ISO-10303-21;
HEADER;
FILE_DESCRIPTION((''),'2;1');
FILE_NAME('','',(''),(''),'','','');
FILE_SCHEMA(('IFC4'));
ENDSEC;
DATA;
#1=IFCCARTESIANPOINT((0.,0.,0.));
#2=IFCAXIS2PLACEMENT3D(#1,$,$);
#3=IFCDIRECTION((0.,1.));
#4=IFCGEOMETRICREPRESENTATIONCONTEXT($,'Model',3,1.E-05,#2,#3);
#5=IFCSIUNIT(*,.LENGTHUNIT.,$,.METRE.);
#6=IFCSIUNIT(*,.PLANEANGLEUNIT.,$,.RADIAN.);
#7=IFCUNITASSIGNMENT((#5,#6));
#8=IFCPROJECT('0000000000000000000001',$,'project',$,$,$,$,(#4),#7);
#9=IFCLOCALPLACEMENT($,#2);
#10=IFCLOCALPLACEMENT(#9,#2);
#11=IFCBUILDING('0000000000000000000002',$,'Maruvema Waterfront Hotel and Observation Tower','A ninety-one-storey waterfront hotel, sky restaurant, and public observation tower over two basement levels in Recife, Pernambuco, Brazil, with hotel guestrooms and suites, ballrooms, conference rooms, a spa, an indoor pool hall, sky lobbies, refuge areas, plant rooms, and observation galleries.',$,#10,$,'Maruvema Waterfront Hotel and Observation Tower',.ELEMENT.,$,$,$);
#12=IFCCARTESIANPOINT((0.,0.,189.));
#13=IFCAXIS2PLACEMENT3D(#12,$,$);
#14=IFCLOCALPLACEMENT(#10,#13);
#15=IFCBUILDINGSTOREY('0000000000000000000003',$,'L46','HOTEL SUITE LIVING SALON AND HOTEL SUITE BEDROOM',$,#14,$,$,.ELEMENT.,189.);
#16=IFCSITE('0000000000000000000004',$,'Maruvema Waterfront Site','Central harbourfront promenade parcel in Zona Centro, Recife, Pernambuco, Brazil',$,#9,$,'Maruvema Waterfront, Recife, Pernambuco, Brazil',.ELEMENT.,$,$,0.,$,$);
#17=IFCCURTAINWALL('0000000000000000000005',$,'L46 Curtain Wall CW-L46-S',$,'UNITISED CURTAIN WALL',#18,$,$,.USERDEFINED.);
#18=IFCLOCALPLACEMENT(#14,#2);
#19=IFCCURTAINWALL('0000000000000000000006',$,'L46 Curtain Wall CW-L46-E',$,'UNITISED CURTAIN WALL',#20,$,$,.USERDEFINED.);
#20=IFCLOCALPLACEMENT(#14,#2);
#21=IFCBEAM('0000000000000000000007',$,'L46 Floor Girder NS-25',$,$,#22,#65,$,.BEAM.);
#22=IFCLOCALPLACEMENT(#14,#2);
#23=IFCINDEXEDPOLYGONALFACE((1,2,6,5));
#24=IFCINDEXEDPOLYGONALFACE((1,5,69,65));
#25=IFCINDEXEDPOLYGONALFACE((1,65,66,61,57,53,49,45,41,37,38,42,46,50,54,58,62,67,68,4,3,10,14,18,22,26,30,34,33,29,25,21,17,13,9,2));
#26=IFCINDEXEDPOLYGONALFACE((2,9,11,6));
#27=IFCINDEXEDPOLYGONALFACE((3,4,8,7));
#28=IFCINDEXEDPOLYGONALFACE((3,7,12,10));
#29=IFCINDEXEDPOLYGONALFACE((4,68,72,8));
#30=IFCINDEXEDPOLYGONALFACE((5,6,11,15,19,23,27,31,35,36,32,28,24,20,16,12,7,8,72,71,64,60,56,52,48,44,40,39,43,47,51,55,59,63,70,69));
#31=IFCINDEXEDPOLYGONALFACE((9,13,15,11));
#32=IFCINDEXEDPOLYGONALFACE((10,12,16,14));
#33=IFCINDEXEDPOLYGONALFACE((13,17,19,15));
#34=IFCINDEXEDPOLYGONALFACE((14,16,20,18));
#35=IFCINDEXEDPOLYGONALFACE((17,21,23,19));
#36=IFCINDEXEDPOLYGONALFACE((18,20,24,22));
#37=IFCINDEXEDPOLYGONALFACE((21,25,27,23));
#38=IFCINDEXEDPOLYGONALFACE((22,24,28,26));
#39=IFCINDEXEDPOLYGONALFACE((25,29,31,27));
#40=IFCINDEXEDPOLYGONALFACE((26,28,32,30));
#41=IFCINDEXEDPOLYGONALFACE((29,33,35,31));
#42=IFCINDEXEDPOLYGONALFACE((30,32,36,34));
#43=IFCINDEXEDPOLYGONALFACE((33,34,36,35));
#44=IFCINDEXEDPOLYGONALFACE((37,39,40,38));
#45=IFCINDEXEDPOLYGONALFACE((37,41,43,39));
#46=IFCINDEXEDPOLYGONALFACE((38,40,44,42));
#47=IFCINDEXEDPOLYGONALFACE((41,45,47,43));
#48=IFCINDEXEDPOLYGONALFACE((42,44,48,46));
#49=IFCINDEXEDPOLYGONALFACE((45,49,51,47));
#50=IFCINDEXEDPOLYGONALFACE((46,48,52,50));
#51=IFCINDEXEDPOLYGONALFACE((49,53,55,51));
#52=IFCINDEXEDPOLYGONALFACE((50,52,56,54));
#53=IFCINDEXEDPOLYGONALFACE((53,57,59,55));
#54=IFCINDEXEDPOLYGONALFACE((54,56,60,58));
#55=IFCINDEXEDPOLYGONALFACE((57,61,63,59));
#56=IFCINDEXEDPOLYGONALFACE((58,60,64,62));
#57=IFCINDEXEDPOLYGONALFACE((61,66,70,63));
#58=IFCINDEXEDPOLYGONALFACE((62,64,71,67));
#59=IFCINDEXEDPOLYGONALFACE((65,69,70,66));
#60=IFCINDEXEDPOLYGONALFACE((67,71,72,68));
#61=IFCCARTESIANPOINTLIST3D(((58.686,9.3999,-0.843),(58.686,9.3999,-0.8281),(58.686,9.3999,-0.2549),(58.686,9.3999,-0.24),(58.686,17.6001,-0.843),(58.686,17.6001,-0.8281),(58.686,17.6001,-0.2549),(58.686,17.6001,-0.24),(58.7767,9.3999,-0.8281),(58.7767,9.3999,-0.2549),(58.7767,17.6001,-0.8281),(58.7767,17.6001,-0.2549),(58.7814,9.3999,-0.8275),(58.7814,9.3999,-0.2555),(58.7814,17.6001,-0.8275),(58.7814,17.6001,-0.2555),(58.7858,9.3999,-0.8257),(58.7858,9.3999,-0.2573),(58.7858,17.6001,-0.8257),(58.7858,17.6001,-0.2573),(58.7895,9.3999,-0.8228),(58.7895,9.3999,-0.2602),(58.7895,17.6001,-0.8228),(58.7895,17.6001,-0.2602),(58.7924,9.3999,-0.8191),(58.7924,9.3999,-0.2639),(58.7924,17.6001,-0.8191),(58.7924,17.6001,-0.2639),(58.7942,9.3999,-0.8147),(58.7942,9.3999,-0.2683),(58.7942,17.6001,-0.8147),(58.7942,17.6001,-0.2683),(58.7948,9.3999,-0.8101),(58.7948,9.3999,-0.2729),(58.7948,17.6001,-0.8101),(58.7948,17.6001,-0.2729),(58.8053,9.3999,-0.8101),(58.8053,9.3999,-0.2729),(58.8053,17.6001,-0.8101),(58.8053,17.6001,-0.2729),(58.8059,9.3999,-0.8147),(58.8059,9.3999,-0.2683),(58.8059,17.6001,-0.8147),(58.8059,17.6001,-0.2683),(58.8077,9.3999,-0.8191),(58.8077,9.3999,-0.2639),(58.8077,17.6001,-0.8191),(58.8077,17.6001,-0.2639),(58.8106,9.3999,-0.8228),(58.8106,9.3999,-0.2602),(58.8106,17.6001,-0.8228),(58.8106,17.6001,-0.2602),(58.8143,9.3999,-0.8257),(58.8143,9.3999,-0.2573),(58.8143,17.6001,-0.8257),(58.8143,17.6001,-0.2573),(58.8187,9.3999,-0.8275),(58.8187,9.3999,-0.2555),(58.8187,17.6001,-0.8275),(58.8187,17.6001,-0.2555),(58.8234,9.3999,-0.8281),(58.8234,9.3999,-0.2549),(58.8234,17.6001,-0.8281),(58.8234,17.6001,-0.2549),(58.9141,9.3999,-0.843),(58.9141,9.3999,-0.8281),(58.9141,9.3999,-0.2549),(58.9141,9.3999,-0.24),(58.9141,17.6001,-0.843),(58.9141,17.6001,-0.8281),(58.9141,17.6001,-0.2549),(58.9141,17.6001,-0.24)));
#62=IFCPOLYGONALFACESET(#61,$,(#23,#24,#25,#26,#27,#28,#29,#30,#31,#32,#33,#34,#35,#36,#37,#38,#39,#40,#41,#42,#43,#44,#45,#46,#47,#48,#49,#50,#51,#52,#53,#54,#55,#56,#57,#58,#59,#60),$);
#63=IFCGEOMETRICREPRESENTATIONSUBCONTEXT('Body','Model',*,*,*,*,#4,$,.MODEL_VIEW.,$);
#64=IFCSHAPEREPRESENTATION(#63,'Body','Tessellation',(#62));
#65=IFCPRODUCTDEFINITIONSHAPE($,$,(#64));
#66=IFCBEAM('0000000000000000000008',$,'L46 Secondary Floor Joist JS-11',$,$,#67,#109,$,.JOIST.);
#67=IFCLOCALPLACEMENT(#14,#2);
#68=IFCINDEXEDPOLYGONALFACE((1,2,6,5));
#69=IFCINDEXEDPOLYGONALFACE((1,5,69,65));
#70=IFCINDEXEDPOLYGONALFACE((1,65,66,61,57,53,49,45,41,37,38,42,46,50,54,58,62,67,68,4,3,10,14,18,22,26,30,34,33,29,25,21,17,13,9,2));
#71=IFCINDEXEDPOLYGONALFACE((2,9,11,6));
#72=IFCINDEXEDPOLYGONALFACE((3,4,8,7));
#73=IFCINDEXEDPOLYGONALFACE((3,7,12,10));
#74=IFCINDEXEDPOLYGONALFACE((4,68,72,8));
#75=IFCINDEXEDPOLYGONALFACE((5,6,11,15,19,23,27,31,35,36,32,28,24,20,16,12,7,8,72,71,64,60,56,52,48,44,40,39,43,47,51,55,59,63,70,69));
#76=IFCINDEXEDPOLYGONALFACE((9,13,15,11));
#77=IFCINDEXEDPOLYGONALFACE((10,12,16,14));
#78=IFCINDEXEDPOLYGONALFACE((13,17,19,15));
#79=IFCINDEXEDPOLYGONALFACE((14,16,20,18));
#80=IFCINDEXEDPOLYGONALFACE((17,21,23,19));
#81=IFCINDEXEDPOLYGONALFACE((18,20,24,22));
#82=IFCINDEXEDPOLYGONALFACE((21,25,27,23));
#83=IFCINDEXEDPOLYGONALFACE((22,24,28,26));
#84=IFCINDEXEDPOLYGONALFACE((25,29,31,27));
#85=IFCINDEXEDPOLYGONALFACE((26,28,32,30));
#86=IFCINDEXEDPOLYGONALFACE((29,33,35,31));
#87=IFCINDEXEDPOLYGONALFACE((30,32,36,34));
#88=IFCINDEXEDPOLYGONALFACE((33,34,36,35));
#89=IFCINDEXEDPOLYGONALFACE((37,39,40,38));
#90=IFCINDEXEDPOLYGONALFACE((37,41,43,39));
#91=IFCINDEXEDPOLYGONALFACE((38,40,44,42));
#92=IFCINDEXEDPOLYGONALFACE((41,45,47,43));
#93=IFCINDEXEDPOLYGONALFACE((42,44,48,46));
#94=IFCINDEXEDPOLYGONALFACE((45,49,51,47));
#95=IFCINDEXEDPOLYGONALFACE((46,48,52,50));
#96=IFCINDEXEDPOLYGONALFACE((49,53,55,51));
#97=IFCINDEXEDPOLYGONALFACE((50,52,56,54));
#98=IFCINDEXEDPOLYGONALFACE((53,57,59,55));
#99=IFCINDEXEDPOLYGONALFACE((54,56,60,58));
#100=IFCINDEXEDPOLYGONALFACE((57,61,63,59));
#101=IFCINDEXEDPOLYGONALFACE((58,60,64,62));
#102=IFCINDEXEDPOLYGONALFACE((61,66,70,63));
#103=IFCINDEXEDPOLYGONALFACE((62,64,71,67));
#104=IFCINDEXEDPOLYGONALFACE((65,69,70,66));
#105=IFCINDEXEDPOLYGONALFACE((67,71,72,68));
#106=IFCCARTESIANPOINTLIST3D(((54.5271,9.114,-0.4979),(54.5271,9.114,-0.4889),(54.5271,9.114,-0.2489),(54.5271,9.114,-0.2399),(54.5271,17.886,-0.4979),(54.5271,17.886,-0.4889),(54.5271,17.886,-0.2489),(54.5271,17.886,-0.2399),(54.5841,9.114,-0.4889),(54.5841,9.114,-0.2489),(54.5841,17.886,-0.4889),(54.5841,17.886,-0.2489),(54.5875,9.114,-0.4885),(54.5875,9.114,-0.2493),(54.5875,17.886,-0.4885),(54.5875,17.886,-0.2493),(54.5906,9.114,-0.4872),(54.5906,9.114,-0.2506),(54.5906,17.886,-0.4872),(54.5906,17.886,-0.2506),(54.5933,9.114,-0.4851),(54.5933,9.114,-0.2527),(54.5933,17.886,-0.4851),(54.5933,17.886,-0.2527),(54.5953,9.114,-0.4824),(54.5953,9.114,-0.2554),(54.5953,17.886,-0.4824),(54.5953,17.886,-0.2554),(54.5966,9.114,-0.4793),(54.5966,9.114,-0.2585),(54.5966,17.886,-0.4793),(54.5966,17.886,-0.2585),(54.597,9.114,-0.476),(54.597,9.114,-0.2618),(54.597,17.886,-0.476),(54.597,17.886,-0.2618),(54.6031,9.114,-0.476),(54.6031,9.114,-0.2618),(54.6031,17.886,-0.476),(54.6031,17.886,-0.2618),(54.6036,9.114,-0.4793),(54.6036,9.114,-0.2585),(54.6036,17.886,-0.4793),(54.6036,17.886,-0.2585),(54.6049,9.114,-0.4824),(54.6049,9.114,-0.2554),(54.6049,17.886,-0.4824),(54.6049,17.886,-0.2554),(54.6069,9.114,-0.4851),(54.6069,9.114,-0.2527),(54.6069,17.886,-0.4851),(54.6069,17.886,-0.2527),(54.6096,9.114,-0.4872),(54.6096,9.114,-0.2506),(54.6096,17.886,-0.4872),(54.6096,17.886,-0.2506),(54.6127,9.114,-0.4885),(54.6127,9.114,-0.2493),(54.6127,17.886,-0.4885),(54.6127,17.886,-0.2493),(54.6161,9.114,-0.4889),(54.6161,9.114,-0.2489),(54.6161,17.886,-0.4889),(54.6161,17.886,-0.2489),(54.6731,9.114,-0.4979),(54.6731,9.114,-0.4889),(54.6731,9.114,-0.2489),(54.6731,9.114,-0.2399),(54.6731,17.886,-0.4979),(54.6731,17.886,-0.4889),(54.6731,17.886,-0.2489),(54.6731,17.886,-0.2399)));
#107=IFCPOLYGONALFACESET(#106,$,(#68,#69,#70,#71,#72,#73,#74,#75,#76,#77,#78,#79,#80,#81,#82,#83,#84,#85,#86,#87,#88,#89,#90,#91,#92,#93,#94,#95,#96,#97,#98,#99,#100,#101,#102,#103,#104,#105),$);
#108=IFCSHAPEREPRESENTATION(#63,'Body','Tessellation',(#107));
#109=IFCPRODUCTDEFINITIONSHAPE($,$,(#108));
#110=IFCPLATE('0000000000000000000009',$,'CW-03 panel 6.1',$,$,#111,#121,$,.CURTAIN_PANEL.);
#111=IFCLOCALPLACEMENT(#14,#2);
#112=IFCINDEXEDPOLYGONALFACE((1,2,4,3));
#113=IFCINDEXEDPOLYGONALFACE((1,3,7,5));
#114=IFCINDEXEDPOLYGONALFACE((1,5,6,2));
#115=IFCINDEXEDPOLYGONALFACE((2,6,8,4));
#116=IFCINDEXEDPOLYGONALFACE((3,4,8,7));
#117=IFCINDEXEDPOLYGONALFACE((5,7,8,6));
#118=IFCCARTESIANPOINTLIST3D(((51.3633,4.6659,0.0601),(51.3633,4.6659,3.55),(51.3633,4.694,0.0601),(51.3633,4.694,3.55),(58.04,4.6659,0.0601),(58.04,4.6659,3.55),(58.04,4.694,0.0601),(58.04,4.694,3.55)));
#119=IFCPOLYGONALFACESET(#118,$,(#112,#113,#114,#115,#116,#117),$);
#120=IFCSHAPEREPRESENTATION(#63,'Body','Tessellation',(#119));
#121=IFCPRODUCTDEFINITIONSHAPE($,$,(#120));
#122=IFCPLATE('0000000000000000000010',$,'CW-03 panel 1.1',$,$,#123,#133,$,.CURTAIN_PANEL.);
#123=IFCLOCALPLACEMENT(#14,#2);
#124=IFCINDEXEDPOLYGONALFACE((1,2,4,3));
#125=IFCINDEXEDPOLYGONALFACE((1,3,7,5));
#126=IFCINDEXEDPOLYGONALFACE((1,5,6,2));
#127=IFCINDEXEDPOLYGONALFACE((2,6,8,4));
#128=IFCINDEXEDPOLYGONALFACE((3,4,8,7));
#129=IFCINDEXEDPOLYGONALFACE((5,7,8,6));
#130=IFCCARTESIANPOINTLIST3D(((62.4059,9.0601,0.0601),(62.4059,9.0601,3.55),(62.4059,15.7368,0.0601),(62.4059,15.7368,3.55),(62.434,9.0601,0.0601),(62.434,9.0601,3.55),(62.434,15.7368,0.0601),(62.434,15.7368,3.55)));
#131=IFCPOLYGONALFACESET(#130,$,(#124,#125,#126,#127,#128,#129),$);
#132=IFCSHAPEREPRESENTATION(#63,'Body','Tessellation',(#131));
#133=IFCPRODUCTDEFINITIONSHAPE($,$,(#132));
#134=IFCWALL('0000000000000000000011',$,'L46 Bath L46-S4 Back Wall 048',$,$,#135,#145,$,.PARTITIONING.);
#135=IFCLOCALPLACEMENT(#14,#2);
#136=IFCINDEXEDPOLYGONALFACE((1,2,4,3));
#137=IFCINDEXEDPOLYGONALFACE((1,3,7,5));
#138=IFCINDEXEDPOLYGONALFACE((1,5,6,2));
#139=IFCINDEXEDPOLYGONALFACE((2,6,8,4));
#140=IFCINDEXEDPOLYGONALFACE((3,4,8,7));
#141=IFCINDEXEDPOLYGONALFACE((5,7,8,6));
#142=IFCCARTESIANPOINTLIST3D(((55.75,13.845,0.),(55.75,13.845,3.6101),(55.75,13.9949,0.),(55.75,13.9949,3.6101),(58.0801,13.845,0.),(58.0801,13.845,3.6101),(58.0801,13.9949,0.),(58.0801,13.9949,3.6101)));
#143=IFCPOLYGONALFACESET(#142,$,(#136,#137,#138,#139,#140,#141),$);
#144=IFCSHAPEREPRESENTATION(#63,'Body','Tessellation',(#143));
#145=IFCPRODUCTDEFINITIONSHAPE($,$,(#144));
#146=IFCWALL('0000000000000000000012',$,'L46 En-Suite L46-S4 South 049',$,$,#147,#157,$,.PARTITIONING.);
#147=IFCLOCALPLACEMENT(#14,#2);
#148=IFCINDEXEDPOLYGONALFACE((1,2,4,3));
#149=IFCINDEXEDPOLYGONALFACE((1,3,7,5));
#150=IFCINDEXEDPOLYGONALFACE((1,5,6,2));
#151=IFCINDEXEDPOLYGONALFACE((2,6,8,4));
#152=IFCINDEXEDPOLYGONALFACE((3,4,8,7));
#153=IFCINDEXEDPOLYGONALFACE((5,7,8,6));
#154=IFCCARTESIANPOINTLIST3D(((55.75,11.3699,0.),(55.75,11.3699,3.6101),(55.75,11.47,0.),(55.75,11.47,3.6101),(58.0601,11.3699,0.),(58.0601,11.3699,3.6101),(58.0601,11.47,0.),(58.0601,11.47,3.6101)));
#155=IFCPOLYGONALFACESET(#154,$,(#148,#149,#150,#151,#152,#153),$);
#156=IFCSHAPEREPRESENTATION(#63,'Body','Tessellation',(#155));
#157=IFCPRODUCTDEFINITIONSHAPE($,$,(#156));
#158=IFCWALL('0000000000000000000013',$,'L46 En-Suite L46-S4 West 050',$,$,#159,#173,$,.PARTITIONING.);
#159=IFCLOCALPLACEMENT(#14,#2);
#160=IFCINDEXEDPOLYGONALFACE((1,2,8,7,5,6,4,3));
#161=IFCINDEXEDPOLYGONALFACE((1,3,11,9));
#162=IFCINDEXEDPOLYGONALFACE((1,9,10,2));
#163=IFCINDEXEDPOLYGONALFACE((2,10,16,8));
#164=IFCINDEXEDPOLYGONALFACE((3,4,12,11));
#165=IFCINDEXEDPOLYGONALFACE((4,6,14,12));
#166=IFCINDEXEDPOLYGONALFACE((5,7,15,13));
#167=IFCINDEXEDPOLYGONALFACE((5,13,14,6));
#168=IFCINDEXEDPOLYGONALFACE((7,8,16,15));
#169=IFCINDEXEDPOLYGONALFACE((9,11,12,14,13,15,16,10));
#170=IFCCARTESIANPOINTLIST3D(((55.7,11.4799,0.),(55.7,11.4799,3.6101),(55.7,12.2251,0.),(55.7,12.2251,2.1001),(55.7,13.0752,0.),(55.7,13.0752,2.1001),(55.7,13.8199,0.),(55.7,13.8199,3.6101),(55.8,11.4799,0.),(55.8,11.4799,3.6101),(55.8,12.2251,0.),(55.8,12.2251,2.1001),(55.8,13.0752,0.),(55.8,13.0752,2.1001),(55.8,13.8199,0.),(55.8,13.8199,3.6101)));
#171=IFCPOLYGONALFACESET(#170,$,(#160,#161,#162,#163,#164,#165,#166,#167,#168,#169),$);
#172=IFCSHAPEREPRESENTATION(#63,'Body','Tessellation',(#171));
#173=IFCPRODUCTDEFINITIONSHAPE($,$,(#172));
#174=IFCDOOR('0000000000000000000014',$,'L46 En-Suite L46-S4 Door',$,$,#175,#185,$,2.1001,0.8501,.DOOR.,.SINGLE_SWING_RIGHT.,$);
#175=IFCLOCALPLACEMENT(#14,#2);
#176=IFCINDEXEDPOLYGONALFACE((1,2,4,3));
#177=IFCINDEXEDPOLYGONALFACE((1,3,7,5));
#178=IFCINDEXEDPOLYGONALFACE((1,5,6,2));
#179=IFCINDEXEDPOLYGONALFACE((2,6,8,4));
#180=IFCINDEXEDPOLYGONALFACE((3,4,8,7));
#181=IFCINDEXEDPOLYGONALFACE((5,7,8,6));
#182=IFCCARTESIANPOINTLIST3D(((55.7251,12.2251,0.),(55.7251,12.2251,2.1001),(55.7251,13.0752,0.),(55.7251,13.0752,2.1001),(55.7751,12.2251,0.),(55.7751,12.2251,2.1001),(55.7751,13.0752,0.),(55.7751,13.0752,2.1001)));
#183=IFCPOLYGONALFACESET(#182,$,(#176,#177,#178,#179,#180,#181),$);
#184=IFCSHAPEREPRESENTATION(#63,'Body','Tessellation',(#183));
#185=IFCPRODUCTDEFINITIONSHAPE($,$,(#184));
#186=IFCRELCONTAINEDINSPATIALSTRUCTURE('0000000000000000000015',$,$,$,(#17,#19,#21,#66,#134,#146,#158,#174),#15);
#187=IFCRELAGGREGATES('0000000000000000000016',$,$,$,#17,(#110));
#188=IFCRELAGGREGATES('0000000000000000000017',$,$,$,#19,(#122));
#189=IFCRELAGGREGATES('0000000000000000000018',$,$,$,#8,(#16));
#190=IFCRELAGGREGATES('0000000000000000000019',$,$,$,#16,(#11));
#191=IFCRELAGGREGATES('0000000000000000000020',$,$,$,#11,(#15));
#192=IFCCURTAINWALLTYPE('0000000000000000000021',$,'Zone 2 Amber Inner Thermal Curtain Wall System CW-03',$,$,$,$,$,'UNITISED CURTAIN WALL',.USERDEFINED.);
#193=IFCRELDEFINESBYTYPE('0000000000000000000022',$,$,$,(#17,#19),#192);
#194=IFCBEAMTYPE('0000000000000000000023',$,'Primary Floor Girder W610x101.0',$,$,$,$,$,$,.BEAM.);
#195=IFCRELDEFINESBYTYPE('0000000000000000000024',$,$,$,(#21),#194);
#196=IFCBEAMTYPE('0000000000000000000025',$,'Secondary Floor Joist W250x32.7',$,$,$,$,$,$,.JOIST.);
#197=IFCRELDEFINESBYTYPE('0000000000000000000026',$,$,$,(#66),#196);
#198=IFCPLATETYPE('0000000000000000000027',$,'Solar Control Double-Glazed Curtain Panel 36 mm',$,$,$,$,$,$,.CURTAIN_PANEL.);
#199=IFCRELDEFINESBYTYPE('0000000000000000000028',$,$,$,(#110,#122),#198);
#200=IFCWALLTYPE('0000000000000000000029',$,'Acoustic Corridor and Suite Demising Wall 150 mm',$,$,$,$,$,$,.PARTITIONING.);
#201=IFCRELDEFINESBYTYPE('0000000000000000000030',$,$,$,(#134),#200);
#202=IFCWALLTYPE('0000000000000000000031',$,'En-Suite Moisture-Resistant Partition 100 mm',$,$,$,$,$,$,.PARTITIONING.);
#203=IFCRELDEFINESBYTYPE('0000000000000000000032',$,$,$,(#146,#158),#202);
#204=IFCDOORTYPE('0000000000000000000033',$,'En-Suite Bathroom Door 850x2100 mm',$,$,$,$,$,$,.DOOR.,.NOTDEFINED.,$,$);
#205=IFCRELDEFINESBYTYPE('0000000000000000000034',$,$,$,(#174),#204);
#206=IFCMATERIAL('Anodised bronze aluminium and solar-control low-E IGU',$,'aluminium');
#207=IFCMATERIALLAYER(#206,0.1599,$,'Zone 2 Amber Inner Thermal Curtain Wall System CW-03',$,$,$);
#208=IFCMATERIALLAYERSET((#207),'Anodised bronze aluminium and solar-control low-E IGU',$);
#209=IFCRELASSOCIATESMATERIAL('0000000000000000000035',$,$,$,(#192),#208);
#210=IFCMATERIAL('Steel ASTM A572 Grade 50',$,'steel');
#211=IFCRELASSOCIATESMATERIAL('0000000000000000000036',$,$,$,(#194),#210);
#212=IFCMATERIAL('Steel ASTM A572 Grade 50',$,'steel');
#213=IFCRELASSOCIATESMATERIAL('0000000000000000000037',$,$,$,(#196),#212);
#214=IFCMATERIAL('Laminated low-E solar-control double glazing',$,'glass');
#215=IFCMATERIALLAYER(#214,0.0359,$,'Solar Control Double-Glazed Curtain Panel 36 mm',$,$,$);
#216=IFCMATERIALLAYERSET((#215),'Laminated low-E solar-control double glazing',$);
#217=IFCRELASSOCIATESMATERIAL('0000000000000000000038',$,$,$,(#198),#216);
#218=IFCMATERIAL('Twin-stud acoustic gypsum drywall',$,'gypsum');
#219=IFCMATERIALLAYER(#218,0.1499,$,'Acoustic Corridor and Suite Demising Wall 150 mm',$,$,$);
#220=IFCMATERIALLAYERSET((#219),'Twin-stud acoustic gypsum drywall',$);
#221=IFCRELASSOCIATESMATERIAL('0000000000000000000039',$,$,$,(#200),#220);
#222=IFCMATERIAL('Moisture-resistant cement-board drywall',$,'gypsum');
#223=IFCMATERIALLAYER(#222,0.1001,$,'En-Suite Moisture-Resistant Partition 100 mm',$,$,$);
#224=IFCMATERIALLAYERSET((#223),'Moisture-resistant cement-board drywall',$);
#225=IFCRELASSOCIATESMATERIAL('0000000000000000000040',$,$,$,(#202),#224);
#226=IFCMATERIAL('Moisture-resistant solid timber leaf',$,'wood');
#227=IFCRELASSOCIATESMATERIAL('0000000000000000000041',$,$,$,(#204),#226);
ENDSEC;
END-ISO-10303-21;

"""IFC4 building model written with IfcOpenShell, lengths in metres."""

from ifc_helpers import new_model, si_unit, direction, frame, frame_2d, origin, origin_2d, place, context, subcontext, project, spatial, rectangle, i_section, extrude, material, layer, layer_set, material_profile, profile_set, type_object, element, fill, aggregate, save


model = new_model("IFC4")

# Units and contexts
model_context = context("Model", 3, precision=1e-05, world=origin(), true_north=direction((0.0, 1.0)))
body_context = subcontext(model_context, "Body", "Model", "MODEL_VIEW")
ifc_project = project(units=[si_unit("LENGTHUNIT", "METRE"), si_unit("PLANEANGLEUNIT", "RADIAN")], contexts=[model_context])

# Site, building, storey
site_placement = place(None, origin())
site = spatial("IfcSite", under=ifc_project, at=site_placement, Name="Maruvema Waterfront Site", Description="Central harbourfront promenade parcel in Zona Centro, Recife, Pernambuco, Brazil", LongName="Maruvema Waterfront, Recife, Pernambuco, Brazil", CompositionType="ELEMENT", RefElevation=0.0)
building_placement = place(site_placement, origin())
building = spatial("IfcBuilding", under=site, at=building_placement, Name="Maruvema Waterfront Hotel and Observation Tower", Description="A ninety-one-storey waterfront hotel, sky restaurant, and public observation tower over two basement levels in Recife, Pernambuco, Brazil, with hotel guestrooms and suites, ballrooms, conference rooms, a spa, an indoor pool hall, sky lobbies, refuge areas, plant rooms, and observation galleries.", LongName="Maruvema Waterfront Hotel and Observation Tower", CompositionType="ELEMENT")
storey_placement = place(building_placement, frame((0.0, 0.0, 189.0)))
storey = spatial("IfcBuildingStorey", under=building, at=storey_placement, Name="L46", Description="HOTEL SUITE LIVING SALON AND HOTEL SUITE BEDROOM", CompositionType="ELEMENT", Elevation=189.0)

# Curtain walls
ifc_material_1 = material(Name="Anodised bronze aluminium and solar-control low-E IGU", Category="aluminium")
ifc_layer_1 = layer(ifc_material_1, 0.1599, Name="Zone 2 Amber Inner Thermal Curtain Wall System CW-03")
ifc_layer_set_1 = layer_set([ifc_layer_1], Name="Anodised bronze aluminium and solar-control low-E IGU")
curtain_wall_type = type_object("IfcCurtainWallType", Name="Zone 2 Amber Inner Thermal Curtain Wall System CW-03", ElementType="UNITISED CURTAIN WALL", PredefinedType="USERDEFINED", material=ifc_layer_set_1)
curtain_wall_1_placement = place(storey_placement, origin())
curtain_wall_1 = element("IfcCurtainWall", 1, at=curtain_wall_1_placement, inside=storey, type_object=curtain_wall_type, Name="L46 Curtain Wall CW-L46-S", ObjectType="UNITISED CURTAIN WALL", PredefinedType="USERDEFINED")
curtain_wall_2_placement = place(storey_placement, origin())
curtain_wall_2 = element("IfcCurtainWall", 2, at=curtain_wall_2_placement, inside=storey, type_object=curtain_wall_type, Name="L46 Curtain Wall CW-L46-E", ObjectType="UNITISED CURTAIN WALL", PredefinedType="USERDEFINED")

# Beams
ifc_material_2 = material(Name="Steel ASTM A572 Grade 50", Category="steel")
ifc_material_profile_1 = material_profile(ifc_material_2, i_section(OverallWidth=0.228, OverallDepth=0.603, WebThickness=0.0105, FlangeThickness=0.0149, FilletRadius=0.0181, at=origin_2d()), Name="W610x101.0")
ifc_profile_set_1 = profile_set([ifc_material_profile_1], Name="Steel ASTM A572 Grade 50")
beam_type_1 = type_object("IfcBeamType", Name="Primary Floor Girder W610x101.0", PredefinedType="BEAM", material=ifc_profile_set_1)
beam_1_placement = place(storey_placement, frame((58.8, 9.3999, -0.5415), z_axis=(0.0, 1.0, 0.0), x_axis=(-1.0, 0.0, 0.0)))
element("IfcBeam", 3, at=beam_1_placement, inside=storey, type_object=beam_type_1, Name="L46 Floor Girder NS-25", PredefinedType="BEAM", context=body_context, shape_type="SweptSolid", body=[
    extrude(i_section(OverallWidth=0.228, OverallDepth=0.603, WebThickness=0.0105, FlangeThickness=0.0149, FilletRadius=0.0181, at=origin_2d()), origin(), (0.0, 0.0, 1.0), 8.2002),
])
ifc_material_3 = material(Name="Steel ASTM A572 Grade 50", Category="steel")
ifc_material_profile_2 = material_profile(ifc_material_3, i_section(OverallWidth=0.146, OverallDepth=0.2581, WebThickness=0.0061, FlangeThickness=0.009, FilletRadius=0.0129, at=origin_2d()), Name="W250x32.7")
ifc_profile_set_2 = profile_set([ifc_material_profile_2], Name="Steel ASTM A572 Grade 50")
beam_type_2 = type_object("IfcBeamType", Name="Secondary Floor Joist W250x32.7", PredefinedType="JOIST", material=ifc_profile_set_2)
beam_2_placement = place(storey_placement, frame((54.6001, 9.114, -0.3689), z_axis=(0.0, 1.0, 0.0), x_axis=(-1.0, 0.0, 0.0)))
element("IfcBeam", 4, at=beam_2_placement, inside=storey, type_object=beam_type_2, Name="L46 Secondary Floor Joist JS-11", PredefinedType="JOIST", context=body_context, shape_type="SweptSolid", body=[
    extrude(i_section(OverallWidth=0.146, OverallDepth=0.2581, WebThickness=0.0061, FlangeThickness=0.009, FilletRadius=0.0129, at=origin_2d()), origin(), (0.0, 0.0, 1.0), 8.772),
])

# Plates
ifc_material_4 = material(Name="Laminated low-E solar-control double glazing", Category="glass")
ifc_layer_2 = layer(ifc_material_4, 0.0359, Name="Solar Control Double-Glazed Curtain Panel 36 mm")
ifc_layer_set_2 = layer_set([ifc_layer_2], Name="Laminated low-E solar-control double glazing")
plate_type = type_object("IfcPlateType", Name="Solar Control Double-Glazed Curtain Panel 36 mm", PredefinedType="CURTAIN_PANEL", material=ifc_layer_set_2)
plate_1_placement = place(storey_placement, frame((54.7017, 4.6799, 0.0601), z_axis=(0.0, 0.0, 1.0), x_axis=(1.0, 0.0, 0.0)))
plate_1 = element("IfcPlate", 5, at=plate_1_placement, type_object=plate_type, Name="CW-03 panel 6.1", PredefinedType="CURTAIN_PANEL", context=body_context, shape_type="SweptSolid", body=[
    extrude(rectangle(XDim=6.6768, YDim=0.0281, at=origin_2d()), origin(), (0.0, 0.0, 1.0), 3.49),
])
aggregate(curtain_wall_1, [plate_1])
plate_2_placement = place(storey_placement, frame((62.4199, 12.3984, 0.0601), z_axis=(0.0, 0.0, 1.0), x_axis=(0.0, 1.0, 0.0)))
plate_2 = element("IfcPlate", 6, at=plate_2_placement, type_object=plate_type, Name="CW-03 panel 1.1", PredefinedType="CURTAIN_PANEL", context=body_context, shape_type="SweptSolid", body=[
    extrude(rectangle(XDim=6.6768, YDim=0.0281, at=origin_2d()), origin(), (0.0, 0.0, 1.0), 3.49),
])
aggregate(curtain_wall_2, [plate_2])

# Wall
ifc_material_5 = material(Name="Twin-stud acoustic gypsum drywall", Category="gypsum")
ifc_layer_3 = layer(ifc_material_5, 0.1499, Name="Acoustic Corridor and Suite Demising Wall 150 mm")
ifc_layer_set_3 = layer_set([ifc_layer_3], Name="Twin-stud acoustic gypsum drywall")
wall_type_1 = type_object("IfcWallType", Name="Acoustic Corridor and Suite Demising Wall 150 mm", PredefinedType="PARTITIONING", material=ifc_layer_set_3)
wall_1_placement = place(storey_placement, frame((55.75, 13.9199, 0.0), z_axis=(0.0, 0.0, 1.0), x_axis=(1.0, 0.0, 0.0)))
element("IfcWall", 7, at=wall_1_placement, inside=storey, type_object=wall_type_1, Name="L46 Bath L46-S4 Back Wall 048", PredefinedType="PARTITIONING", context=body_context, shape_type="SweptSolid", body=[
    extrude(rectangle(XDim=2.3301, YDim=0.1499, at=frame_2d((1.165, 0.0))), origin(), (0.0, 0.0, 1.0), 3.6101),
])

# Wall
ifc_material_6 = material(Name="Moisture-resistant cement-board drywall", Category="gypsum")
ifc_layer_4 = layer(ifc_material_6, 0.1001, Name="En-Suite Moisture-Resistant Partition 100 mm")
ifc_layer_set_4 = layer_set([ifc_layer_4], Name="Moisture-resistant cement-board drywall")
wall_type_2 = type_object("IfcWallType", Name="En-Suite Moisture-Resistant Partition 100 mm", PredefinedType="PARTITIONING", material=ifc_layer_set_4)
wall_2_placement = place(storey_placement, frame((55.75, 11.4199, 0.0), z_axis=(0.0, 0.0, 1.0), x_axis=(1.0, 0.0, 0.0)))
element("IfcWall", 8, at=wall_2_placement, inside=storey, type_object=wall_type_2, Name="L46 En-Suite L46-S4 South 049", PredefinedType="PARTITIONING", context=body_context, shape_type="SweptSolid", body=[
    extrude(rectangle(XDim=2.3101, YDim=0.1001, at=frame_2d((1.155, 0.0))), origin(), (0.0, 0.0, 1.0), 3.6101),
])

# Wall, opening, door
wall_3_placement = place(storey_placement, frame((55.75, 11.48, 0.0), z_axis=(0.0, 0.0, 1.0), x_axis=(0.0, 1.0, 0.0)))
wall_3 = element("IfcWall", 9, at=wall_3_placement, inside=storey, type_object=wall_type_2, Name="L46 En-Suite L46-S4 West 050", PredefinedType="PARTITIONING", context=body_context, shape_type="SweptSolid", body=[
    extrude(rectangle(XDim=2.3401, YDim=0.1001, at=frame_2d((1.1699, 0.0))), origin(), (0.0, 0.0, 1.0), 3.6101),
])
opening_1_placement = place(wall_3_placement, frame((0.7451, 0.0, 0.0)))
opening_1 = element("IfcOpeningElement", 10, at=opening_1_placement, cuts=wall_3, PredefinedType="OPENING", context=body_context, shape_type="SweptSolid", body=[
    extrude(rectangle(XDim=0.8501, YDim=2.1001, at=frame_2d((0.425, 1.05))), frame((0.0, 0.0601, 0.0), z_axis=(0.0, -1.0, 0.0), x_axis=(1.0, 0.0, 0.0)), (0.0, 0.0, 1.0), 0.1201),
])
ifc_material_7 = material(Name="Moisture-resistant solid timber leaf", Category="wood")
door_type_1 = type_object("IfcDoorType", Name="En-Suite Bathroom Door 850x2100 mm", OperationType="NOTDEFINED", PredefinedType="DOOR", material=ifc_material_7)
door_1_placement = place(opening_1_placement, origin())
door_1 = element("IfcDoor", 11, at=door_1_placement, inside=storey, type_object=door_type_1, Name="L46 En-Suite L46-S4 Door", OperationType="SINGLE_SWING_RIGHT", OverallHeight=2.1001, OverallWidth=0.8501, PredefinedType="DOOR", context=body_context, shape_type="SweptSolid", body=[
    extrude(rectangle(XDim=0.8501, YDim=2.1001, at=frame_2d((0.425, 1.05))), frame((0.0, 0.0249, 0.0), z_axis=(0.0, -1.0, 0.0), x_axis=(1.0, 0.0, 0.0)), (0.0, 0.0, 1.0), 0.05),
])
fill(opening_1, door_1)

save(model, "model.ifc")
